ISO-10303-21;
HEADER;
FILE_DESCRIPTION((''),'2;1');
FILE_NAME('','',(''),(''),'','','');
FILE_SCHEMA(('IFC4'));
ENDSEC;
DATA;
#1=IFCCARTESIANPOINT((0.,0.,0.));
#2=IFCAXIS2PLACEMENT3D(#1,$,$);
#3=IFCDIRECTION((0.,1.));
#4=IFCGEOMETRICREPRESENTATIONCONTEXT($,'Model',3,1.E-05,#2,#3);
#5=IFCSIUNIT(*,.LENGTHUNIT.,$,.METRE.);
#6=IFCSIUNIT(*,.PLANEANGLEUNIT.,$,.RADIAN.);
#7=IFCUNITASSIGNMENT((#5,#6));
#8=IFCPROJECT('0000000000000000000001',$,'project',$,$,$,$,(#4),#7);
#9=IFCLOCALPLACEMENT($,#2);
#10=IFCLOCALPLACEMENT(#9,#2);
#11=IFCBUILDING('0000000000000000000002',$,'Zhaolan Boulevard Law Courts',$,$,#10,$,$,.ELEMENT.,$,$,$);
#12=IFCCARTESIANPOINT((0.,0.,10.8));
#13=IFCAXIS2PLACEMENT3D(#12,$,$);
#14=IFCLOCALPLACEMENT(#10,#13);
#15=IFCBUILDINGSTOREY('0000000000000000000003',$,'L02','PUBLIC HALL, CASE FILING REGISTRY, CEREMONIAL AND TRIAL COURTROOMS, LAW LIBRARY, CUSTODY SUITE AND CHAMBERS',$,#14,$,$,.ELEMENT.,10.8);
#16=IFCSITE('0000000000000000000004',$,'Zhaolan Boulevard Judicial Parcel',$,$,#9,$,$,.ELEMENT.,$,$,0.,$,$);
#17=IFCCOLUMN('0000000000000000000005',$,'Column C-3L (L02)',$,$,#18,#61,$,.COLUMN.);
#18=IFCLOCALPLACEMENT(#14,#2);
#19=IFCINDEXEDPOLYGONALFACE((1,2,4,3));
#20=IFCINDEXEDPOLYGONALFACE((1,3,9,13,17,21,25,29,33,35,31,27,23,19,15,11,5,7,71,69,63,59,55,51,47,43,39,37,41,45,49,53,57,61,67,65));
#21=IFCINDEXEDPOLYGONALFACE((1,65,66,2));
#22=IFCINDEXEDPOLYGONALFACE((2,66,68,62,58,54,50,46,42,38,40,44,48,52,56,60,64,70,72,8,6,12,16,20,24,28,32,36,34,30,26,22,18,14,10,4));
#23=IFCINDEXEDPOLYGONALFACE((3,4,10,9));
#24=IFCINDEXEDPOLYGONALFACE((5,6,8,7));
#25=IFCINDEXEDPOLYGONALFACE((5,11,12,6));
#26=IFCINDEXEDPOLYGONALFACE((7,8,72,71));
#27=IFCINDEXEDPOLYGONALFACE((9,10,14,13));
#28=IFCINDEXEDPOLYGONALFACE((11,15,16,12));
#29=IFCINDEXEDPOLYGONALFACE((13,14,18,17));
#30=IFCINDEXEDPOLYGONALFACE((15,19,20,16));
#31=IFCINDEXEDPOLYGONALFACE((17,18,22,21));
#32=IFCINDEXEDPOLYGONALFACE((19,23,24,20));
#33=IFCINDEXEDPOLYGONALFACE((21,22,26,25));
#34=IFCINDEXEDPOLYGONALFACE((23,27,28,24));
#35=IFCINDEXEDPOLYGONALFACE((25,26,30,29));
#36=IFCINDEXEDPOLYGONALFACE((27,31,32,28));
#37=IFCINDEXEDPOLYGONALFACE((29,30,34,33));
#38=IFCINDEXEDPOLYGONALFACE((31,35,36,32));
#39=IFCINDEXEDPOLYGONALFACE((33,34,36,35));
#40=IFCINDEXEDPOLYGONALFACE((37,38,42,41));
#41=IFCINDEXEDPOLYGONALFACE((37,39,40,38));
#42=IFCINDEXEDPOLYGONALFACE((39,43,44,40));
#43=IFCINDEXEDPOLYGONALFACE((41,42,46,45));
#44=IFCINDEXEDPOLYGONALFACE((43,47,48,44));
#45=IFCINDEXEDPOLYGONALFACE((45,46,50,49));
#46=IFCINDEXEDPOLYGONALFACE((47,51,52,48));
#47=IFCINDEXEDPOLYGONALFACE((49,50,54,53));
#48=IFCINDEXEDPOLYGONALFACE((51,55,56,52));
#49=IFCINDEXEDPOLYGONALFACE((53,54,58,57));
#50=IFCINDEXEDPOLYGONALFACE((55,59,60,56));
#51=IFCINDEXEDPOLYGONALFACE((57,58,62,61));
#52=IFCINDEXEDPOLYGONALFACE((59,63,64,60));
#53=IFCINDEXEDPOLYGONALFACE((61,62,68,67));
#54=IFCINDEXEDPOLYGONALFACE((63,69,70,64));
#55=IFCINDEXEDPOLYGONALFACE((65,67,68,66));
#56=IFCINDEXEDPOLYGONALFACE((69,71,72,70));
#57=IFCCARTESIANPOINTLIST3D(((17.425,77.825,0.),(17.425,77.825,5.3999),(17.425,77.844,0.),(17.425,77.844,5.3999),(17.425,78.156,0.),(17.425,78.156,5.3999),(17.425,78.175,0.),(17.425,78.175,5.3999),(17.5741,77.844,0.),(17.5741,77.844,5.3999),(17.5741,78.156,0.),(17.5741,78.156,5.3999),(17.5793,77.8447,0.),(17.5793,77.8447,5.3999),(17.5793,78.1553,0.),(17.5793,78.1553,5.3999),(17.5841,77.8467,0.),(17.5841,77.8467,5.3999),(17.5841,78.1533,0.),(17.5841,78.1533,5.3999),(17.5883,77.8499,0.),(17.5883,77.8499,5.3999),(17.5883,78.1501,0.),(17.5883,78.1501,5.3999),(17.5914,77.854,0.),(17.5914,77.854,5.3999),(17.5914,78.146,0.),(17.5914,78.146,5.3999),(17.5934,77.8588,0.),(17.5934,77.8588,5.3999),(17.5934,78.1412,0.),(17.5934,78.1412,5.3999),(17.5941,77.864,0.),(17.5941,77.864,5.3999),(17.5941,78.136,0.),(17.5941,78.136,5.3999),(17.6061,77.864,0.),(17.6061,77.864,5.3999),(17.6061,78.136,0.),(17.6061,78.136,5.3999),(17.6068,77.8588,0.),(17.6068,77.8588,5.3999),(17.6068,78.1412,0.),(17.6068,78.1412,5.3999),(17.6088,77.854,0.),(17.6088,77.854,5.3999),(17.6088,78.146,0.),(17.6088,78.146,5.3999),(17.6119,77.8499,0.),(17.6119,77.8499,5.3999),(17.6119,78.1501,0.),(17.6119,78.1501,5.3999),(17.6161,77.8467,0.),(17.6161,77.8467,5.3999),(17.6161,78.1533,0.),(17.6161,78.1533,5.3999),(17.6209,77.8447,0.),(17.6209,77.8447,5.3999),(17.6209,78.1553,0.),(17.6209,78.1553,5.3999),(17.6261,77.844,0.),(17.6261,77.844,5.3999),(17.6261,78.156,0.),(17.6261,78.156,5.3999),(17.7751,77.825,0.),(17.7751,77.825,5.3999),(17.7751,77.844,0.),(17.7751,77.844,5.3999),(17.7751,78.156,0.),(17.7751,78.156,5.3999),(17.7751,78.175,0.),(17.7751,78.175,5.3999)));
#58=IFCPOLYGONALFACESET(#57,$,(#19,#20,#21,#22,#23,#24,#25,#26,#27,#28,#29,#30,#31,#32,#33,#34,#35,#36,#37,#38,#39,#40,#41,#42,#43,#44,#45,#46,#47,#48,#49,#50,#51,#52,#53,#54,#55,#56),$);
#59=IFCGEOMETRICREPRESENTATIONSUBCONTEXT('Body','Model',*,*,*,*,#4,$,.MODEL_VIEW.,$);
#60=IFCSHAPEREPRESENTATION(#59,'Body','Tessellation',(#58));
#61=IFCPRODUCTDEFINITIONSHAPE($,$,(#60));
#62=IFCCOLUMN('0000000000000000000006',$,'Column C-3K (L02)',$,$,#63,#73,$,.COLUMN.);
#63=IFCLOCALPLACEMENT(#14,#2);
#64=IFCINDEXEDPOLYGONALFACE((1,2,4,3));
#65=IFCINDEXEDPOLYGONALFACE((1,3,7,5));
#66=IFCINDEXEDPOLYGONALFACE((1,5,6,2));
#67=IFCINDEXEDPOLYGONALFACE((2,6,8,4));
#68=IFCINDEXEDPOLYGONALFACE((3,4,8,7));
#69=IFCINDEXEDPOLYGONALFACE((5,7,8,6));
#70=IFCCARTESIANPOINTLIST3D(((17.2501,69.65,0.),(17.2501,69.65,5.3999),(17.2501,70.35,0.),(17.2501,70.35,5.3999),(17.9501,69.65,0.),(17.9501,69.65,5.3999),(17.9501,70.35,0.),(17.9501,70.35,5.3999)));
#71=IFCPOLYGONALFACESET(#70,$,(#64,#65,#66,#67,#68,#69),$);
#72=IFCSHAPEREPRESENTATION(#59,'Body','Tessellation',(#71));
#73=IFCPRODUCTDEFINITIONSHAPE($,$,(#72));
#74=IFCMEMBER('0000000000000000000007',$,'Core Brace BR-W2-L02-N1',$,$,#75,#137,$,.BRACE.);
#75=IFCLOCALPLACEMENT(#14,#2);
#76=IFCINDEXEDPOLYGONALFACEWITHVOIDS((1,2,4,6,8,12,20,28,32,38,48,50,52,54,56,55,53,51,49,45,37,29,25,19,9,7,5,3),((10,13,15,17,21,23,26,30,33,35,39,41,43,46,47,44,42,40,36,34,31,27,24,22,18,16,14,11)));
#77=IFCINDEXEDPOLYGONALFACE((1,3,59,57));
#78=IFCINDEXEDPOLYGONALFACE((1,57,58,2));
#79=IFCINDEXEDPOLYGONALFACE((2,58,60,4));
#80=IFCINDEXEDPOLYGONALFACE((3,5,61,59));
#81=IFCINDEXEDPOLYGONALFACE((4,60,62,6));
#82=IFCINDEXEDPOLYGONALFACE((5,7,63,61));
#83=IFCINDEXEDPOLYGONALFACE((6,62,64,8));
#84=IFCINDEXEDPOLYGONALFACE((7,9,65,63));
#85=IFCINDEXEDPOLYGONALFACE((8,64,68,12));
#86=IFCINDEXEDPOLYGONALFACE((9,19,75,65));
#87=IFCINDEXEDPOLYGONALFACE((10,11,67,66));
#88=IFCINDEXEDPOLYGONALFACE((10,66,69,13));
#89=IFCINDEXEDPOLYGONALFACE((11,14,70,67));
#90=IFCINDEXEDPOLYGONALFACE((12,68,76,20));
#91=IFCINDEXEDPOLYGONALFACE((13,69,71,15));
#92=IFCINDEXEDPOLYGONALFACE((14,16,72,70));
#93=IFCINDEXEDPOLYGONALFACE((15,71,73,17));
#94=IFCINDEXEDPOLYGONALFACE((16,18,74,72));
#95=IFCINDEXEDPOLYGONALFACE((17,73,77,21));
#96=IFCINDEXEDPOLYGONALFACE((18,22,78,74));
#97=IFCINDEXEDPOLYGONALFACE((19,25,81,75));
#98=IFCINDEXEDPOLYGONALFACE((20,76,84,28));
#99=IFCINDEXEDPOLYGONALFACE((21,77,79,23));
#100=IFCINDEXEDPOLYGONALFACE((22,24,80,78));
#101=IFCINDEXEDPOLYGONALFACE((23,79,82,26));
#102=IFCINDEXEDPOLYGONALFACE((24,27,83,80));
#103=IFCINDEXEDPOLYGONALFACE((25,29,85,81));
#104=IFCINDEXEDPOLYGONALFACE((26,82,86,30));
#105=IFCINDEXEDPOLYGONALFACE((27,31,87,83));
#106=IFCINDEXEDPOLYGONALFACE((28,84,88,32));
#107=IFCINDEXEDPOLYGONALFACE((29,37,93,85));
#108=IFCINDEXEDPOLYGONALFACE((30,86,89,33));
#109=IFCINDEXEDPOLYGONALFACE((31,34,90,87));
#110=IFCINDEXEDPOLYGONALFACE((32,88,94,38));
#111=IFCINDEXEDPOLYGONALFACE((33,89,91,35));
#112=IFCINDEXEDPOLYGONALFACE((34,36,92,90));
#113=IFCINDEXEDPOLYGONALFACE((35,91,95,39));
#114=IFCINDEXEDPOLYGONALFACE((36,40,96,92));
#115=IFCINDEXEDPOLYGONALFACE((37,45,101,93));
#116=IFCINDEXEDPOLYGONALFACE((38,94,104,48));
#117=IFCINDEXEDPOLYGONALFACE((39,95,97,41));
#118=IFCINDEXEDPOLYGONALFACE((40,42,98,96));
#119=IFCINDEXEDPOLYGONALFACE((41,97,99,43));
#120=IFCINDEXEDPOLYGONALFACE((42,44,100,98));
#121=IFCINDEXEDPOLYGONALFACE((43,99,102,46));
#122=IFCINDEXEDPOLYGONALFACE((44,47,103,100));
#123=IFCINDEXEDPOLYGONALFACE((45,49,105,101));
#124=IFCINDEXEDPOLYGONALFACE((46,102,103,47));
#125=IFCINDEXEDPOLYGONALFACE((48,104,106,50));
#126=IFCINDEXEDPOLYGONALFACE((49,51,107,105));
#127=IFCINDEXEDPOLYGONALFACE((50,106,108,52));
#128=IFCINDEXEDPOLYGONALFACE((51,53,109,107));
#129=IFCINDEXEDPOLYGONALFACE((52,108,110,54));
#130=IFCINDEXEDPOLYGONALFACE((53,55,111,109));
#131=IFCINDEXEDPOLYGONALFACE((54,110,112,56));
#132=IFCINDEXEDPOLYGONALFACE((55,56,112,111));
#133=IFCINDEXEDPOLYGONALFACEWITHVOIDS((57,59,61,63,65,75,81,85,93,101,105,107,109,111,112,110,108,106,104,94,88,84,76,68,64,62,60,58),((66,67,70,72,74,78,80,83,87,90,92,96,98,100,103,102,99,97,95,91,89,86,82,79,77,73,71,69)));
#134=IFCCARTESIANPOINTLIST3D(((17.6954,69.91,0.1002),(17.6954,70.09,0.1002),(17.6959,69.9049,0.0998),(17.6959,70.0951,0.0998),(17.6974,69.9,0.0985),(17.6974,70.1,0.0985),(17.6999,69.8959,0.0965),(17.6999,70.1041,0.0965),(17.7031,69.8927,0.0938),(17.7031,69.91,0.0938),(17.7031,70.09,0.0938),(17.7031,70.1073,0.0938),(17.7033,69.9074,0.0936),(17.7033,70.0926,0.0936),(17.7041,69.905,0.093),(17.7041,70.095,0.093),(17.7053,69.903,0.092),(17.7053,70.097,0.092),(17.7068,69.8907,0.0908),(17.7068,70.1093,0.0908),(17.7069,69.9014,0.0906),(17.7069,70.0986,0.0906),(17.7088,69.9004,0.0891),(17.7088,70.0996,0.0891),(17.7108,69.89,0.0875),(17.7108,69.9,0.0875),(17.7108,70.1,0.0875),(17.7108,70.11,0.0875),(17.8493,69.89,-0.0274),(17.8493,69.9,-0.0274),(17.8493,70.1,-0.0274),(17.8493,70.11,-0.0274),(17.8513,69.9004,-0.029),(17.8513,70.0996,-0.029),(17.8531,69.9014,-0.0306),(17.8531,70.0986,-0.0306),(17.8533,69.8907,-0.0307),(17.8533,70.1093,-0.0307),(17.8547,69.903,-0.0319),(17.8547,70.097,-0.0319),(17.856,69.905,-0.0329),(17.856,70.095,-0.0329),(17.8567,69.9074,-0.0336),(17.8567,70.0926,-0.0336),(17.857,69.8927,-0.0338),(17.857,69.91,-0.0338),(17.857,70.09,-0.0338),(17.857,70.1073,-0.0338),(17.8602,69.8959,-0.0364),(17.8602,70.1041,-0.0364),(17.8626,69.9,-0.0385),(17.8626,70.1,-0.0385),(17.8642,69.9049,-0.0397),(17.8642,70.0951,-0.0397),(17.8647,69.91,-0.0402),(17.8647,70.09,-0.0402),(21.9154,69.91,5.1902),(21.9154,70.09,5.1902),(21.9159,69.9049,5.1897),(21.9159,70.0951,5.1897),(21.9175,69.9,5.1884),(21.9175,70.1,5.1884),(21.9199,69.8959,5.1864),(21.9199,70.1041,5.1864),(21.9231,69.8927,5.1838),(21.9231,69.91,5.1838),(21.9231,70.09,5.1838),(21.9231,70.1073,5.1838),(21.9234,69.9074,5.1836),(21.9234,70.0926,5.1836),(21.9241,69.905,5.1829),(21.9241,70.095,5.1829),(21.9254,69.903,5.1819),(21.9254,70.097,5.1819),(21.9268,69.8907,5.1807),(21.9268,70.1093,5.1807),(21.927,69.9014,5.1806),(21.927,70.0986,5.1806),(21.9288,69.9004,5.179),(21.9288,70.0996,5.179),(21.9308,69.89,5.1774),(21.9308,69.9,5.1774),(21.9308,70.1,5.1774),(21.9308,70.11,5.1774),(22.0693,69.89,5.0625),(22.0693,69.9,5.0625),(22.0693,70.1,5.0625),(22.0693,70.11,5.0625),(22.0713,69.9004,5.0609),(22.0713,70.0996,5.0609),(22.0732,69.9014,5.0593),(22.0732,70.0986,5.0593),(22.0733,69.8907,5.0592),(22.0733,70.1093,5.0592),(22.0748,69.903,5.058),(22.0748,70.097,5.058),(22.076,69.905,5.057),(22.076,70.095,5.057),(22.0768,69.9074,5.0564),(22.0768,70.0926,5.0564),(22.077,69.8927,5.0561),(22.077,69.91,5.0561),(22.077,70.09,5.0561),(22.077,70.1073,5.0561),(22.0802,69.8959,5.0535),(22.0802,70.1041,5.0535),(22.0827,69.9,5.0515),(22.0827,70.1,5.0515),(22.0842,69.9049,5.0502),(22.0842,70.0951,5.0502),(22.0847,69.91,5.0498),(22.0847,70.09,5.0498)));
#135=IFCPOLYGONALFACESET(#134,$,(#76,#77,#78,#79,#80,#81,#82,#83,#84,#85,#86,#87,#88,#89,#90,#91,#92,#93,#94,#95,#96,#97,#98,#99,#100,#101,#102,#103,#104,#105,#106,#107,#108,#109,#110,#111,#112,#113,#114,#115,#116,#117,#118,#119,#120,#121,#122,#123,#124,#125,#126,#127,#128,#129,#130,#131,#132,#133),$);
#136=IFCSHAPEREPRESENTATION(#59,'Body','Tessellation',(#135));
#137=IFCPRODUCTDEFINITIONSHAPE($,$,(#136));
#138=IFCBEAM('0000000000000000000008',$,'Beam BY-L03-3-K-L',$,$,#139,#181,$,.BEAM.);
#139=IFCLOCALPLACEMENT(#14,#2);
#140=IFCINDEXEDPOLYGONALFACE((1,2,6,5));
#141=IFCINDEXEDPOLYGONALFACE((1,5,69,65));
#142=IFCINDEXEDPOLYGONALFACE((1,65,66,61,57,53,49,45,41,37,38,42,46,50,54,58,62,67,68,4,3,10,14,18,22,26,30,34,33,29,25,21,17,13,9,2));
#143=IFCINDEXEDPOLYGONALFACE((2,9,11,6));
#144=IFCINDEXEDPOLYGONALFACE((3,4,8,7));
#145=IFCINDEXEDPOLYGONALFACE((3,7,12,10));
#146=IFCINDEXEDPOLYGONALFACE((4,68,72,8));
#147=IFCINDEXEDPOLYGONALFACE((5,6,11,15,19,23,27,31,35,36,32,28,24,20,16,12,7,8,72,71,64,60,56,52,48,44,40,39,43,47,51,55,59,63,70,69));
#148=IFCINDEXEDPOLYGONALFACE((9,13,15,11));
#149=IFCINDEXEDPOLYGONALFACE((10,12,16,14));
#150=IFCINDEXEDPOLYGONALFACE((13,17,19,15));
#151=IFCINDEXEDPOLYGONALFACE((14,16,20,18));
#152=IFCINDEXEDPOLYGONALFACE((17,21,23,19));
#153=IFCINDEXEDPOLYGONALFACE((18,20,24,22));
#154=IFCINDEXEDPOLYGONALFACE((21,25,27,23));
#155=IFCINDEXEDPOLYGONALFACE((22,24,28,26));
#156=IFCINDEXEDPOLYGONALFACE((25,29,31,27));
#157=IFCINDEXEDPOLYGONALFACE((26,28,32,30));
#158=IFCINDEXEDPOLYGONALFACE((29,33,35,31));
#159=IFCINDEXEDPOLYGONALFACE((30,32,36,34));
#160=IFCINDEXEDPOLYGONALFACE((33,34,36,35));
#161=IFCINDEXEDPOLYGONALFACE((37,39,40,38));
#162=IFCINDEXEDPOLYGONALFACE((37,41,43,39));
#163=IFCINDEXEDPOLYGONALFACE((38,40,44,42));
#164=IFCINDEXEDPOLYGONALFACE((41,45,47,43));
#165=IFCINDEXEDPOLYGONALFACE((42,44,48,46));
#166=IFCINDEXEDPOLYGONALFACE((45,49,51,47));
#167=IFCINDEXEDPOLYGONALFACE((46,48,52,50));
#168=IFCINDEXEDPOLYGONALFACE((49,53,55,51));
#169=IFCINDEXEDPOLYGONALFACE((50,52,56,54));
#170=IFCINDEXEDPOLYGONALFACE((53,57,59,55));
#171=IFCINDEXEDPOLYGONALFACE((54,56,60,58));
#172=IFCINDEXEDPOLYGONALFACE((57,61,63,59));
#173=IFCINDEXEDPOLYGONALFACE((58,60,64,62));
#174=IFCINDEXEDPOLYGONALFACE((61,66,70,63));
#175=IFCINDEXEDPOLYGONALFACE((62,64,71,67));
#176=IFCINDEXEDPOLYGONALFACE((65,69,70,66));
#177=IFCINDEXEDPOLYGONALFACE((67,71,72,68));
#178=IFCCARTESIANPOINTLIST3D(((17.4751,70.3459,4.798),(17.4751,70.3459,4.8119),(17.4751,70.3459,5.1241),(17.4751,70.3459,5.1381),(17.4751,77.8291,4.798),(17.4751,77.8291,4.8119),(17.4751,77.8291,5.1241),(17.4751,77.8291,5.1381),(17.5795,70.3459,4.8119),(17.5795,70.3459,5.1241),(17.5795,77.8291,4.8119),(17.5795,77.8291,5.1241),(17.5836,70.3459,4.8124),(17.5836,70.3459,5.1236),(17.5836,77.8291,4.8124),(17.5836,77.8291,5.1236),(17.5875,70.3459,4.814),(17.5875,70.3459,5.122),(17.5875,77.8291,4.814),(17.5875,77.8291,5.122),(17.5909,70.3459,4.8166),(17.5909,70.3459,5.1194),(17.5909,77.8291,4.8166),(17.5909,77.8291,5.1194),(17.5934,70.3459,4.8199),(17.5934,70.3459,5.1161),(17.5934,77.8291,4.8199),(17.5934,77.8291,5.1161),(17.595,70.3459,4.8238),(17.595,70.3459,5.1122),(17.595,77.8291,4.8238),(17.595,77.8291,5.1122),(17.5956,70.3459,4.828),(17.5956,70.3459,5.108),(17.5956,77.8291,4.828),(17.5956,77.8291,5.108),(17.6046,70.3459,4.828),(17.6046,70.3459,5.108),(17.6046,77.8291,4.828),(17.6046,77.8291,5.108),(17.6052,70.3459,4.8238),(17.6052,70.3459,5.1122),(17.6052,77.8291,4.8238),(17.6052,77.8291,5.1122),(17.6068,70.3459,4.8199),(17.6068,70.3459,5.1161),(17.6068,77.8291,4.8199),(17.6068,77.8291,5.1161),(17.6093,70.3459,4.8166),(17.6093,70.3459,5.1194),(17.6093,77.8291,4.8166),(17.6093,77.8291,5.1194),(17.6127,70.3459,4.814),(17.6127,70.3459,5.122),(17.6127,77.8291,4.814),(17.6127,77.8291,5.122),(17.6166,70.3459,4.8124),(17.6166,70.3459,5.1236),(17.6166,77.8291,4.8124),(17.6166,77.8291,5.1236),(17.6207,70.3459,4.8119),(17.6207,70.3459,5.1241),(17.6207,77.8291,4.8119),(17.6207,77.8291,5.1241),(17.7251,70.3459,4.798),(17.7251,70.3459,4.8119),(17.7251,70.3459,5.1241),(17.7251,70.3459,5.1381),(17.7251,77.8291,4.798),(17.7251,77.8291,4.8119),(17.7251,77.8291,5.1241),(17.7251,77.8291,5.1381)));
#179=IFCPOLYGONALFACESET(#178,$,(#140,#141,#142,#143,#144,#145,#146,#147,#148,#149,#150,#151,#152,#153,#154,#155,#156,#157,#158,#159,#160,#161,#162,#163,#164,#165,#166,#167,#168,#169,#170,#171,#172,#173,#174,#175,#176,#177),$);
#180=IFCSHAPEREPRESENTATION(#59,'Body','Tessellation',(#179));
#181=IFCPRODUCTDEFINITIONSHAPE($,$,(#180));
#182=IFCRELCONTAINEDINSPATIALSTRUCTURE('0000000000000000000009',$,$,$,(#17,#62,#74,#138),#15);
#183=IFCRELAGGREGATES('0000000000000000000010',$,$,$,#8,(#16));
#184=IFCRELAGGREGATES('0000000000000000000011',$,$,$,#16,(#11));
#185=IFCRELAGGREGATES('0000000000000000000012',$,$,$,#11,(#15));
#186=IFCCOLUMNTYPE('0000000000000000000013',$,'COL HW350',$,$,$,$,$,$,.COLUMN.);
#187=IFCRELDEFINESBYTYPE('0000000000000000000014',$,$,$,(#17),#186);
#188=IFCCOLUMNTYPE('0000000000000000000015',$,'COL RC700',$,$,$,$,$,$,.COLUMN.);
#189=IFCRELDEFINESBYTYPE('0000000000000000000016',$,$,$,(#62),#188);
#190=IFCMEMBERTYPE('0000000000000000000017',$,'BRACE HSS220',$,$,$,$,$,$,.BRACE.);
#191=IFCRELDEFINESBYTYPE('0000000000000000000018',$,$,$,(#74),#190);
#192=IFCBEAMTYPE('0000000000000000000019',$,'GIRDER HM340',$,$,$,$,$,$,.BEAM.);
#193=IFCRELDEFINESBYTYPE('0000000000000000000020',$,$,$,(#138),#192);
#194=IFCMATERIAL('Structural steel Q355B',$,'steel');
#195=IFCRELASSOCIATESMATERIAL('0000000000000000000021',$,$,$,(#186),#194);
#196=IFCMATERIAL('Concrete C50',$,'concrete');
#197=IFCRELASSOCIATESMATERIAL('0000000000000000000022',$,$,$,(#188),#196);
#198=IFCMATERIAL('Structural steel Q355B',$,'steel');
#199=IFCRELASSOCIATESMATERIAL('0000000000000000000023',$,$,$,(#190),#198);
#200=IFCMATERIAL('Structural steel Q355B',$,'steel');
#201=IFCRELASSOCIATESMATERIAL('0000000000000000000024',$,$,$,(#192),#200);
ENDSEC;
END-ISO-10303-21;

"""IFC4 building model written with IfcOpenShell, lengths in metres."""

from ifc_helpers import new_model, si_unit, direction, frame, origin, origin_2d, place, context, subcontext, project, spatial, rectangle, hollow_rectangle, i_section, extrude, material, material_profile, profile_set, type_object, element, save


model = new_model("IFC4")

# Units and contexts
model_context = context("Model", 3, precision=1e-05, world=origin(), true_north=direction((0.0, 1.0)))
body_context = subcontext(model_context, "Body", "Model", "MODEL_VIEW")
ifc_project = project(units=[si_unit("LENGTHUNIT", "METRE"), si_unit("PLANEANGLEUNIT", "RADIAN")], contexts=[model_context])

# Site, building, storey
site_placement = place(None, origin())
site = spatial("IfcSite", under=ifc_project, at=site_placement, Name="Zhaolan Boulevard Judicial Parcel", CompositionType="ELEMENT", RefElevation=0.0)
building_placement = place(site_placement, origin())
building = spatial("IfcBuilding", under=site, at=building_placement, Name="Zhaolan Boulevard Law Courts", CompositionType="ELEMENT")
storey_placement = place(building_placement, frame((0.0, 0.0, 10.8)))
storey = spatial("IfcBuildingStorey", under=building, at=storey_placement, Name="L02", Description="PUBLIC HALL, CASE FILING REGISTRY, CEREMONIAL AND TRIAL COURTROOMS, LAW LIBRARY, CUSTODY SUITE AND CHAMBERS", CompositionType="ELEMENT", Elevation=10.8)

# Columns
ifc_material_1 = material(Name="Structural steel Q355B", Category="steel")
ifc_material_profile_1 = material_profile(ifc_material_1, i_section(OverallWidth=0.3501, OverallDepth=0.3501, WebThickness=0.012, FlangeThickness=0.019, FilletRadius=0.02, at=origin_2d()), Name="HW350x350")
ifc_profile_set_1 = profile_set([ifc_material_profile_1], Name="Structural steel Q355B")
column_type_1 = type_object("IfcColumnType", Name="COL HW350", PredefinedType="COLUMN", material=ifc_profile_set_1)
column_1_placement = place(storey_placement, frame((17.6001, 78.0, 0.0), z_axis=(0.0, 0.0, 1.0), x_axis=(1.0, 0.0, 0.0)))
element("IfcColumn", 1, at=column_1_placement, inside=storey, type_object=column_type_1, Name="Column C-3L (L02)", PredefinedType="COLUMN", context=body_context, shape_type="SweptSolid", body=[
    extrude(i_section(OverallWidth=0.3501, OverallDepth=0.3501, WebThickness=0.012, FlangeThickness=0.019, FilletRadius=0.02, at=origin_2d()), origin(), (0.0, 0.0, 1.0), 5.3999),
])
ifc_material_2 = material(Name="Concrete C50", Category="concrete")
ifc_material_profile_2 = material_profile(ifc_material_2, rectangle(XDim=0.7, YDim=0.7, at=origin_2d()), Name="RC700x700")
ifc_profile_set_2 = profile_set([ifc_material_profile_2], Name="Concrete C50")
column_type_2 = type_object("IfcColumnType", Name="COL RC700", PredefinedType="COLUMN", material=ifc_profile_set_2)
column_2_placement = place(storey_placement, frame((17.6001, 70.0, 0.0), z_axis=(0.0, 0.0, 1.0), x_axis=(1.0, 0.0, 0.0)))
element("IfcColumn", 2, at=column_2_placement, inside=storey, type_object=column_type_2, Name="Column C-3K (L02)", PredefinedType="COLUMN", context=body_context, shape_type="SweptSolid", body=[
    extrude(rectangle(XDim=0.7, YDim=0.7, at=origin_2d()), origin(), (0.0, 0.0, 1.0), 5.3999),
])

# Member
ifc_material_3 = material(Name="Structural steel Q355B", Category="steel")
ifc_material_profile_3 = material_profile(ifc_material_3, hollow_rectangle(XDim=0.22, YDim=0.22, WallThickness=0.01, InnerFilletRadius=0.01, OuterFilletRadius=0.02, at=origin_2d()), Name="HSS220x220x10")
ifc_profile_set_3 = profile_set([ifc_material_profile_3], Name="Structural steel Q355B")
member_type = type_object("IfcMemberType", Name="BRACE HSS220", PredefinedType="BRACE", material=ifc_profile_set_3)
member_placement = place(storey_placement, frame((17.78, 70.0, 0.03), z_axis=(0.638257, 0.0, 0.769823), x_axis=(0.0, 1.0, 0.0)))
element("IfcMember", 3, at=member_placement, inside=storey, type_object=member_type, Name="Core Brace BR-W2-L02-N1", PredefinedType="BRACE", context=body_context, shape_type="SweptSolid", body=[
    extrude(hollow_rectangle(XDim=0.22, YDim=0.22, WallThickness=0.01, InnerFilletRadius=0.01, OuterFilletRadius=0.02, at=origin_2d()), origin(), (0.0, 0.0, 1.0), 6.6118),
])

# Beam
ifc_material_4 = material(Name="Structural steel Q355B", Category="steel")
ifc_material_profile_4 = material_profile(ifc_material_4, i_section(OverallWidth=0.25, OverallDepth=0.3401, WebThickness=0.009, FlangeThickness=0.0139, FilletRadius=0.0161, at=origin_2d()), Name="HM340x250")
ifc_profile_set_4 = profile_set([ifc_material_profile_4], Name="Structural steel Q355B")
beam_type_1 = type_object("IfcBeamType", Name="GIRDER HM340", PredefinedType="BEAM", material=ifc_profile_set_4)
for number, where, z_axis, x_axis, name in (
    (4, (17.6001, 70.3459, 4.968), (0.0, 1.0, 0.0), (-1.0, 0.0, 0.0), "Beam BY-L03-3-K-L"),
):
    element("IfcBeam", number, at=place(storey_placement, frame(where, z_axis=z_axis, x_axis=x_axis)), inside=storey, type_object=beam_type_1, Name=name, PredefinedType="BEAM", context=body_context, shape_type="SweptSolid", body=[
        extrude(i_section(OverallWidth=0.25, OverallDepth=0.3401, WebThickness=0.009, FlangeThickness=0.0139, FilletRadius=0.0161, at=origin_2d()), origin(), (0.0, 0.0, 1.0), 7.4832),
    ])

save(model, "model.ifc")
